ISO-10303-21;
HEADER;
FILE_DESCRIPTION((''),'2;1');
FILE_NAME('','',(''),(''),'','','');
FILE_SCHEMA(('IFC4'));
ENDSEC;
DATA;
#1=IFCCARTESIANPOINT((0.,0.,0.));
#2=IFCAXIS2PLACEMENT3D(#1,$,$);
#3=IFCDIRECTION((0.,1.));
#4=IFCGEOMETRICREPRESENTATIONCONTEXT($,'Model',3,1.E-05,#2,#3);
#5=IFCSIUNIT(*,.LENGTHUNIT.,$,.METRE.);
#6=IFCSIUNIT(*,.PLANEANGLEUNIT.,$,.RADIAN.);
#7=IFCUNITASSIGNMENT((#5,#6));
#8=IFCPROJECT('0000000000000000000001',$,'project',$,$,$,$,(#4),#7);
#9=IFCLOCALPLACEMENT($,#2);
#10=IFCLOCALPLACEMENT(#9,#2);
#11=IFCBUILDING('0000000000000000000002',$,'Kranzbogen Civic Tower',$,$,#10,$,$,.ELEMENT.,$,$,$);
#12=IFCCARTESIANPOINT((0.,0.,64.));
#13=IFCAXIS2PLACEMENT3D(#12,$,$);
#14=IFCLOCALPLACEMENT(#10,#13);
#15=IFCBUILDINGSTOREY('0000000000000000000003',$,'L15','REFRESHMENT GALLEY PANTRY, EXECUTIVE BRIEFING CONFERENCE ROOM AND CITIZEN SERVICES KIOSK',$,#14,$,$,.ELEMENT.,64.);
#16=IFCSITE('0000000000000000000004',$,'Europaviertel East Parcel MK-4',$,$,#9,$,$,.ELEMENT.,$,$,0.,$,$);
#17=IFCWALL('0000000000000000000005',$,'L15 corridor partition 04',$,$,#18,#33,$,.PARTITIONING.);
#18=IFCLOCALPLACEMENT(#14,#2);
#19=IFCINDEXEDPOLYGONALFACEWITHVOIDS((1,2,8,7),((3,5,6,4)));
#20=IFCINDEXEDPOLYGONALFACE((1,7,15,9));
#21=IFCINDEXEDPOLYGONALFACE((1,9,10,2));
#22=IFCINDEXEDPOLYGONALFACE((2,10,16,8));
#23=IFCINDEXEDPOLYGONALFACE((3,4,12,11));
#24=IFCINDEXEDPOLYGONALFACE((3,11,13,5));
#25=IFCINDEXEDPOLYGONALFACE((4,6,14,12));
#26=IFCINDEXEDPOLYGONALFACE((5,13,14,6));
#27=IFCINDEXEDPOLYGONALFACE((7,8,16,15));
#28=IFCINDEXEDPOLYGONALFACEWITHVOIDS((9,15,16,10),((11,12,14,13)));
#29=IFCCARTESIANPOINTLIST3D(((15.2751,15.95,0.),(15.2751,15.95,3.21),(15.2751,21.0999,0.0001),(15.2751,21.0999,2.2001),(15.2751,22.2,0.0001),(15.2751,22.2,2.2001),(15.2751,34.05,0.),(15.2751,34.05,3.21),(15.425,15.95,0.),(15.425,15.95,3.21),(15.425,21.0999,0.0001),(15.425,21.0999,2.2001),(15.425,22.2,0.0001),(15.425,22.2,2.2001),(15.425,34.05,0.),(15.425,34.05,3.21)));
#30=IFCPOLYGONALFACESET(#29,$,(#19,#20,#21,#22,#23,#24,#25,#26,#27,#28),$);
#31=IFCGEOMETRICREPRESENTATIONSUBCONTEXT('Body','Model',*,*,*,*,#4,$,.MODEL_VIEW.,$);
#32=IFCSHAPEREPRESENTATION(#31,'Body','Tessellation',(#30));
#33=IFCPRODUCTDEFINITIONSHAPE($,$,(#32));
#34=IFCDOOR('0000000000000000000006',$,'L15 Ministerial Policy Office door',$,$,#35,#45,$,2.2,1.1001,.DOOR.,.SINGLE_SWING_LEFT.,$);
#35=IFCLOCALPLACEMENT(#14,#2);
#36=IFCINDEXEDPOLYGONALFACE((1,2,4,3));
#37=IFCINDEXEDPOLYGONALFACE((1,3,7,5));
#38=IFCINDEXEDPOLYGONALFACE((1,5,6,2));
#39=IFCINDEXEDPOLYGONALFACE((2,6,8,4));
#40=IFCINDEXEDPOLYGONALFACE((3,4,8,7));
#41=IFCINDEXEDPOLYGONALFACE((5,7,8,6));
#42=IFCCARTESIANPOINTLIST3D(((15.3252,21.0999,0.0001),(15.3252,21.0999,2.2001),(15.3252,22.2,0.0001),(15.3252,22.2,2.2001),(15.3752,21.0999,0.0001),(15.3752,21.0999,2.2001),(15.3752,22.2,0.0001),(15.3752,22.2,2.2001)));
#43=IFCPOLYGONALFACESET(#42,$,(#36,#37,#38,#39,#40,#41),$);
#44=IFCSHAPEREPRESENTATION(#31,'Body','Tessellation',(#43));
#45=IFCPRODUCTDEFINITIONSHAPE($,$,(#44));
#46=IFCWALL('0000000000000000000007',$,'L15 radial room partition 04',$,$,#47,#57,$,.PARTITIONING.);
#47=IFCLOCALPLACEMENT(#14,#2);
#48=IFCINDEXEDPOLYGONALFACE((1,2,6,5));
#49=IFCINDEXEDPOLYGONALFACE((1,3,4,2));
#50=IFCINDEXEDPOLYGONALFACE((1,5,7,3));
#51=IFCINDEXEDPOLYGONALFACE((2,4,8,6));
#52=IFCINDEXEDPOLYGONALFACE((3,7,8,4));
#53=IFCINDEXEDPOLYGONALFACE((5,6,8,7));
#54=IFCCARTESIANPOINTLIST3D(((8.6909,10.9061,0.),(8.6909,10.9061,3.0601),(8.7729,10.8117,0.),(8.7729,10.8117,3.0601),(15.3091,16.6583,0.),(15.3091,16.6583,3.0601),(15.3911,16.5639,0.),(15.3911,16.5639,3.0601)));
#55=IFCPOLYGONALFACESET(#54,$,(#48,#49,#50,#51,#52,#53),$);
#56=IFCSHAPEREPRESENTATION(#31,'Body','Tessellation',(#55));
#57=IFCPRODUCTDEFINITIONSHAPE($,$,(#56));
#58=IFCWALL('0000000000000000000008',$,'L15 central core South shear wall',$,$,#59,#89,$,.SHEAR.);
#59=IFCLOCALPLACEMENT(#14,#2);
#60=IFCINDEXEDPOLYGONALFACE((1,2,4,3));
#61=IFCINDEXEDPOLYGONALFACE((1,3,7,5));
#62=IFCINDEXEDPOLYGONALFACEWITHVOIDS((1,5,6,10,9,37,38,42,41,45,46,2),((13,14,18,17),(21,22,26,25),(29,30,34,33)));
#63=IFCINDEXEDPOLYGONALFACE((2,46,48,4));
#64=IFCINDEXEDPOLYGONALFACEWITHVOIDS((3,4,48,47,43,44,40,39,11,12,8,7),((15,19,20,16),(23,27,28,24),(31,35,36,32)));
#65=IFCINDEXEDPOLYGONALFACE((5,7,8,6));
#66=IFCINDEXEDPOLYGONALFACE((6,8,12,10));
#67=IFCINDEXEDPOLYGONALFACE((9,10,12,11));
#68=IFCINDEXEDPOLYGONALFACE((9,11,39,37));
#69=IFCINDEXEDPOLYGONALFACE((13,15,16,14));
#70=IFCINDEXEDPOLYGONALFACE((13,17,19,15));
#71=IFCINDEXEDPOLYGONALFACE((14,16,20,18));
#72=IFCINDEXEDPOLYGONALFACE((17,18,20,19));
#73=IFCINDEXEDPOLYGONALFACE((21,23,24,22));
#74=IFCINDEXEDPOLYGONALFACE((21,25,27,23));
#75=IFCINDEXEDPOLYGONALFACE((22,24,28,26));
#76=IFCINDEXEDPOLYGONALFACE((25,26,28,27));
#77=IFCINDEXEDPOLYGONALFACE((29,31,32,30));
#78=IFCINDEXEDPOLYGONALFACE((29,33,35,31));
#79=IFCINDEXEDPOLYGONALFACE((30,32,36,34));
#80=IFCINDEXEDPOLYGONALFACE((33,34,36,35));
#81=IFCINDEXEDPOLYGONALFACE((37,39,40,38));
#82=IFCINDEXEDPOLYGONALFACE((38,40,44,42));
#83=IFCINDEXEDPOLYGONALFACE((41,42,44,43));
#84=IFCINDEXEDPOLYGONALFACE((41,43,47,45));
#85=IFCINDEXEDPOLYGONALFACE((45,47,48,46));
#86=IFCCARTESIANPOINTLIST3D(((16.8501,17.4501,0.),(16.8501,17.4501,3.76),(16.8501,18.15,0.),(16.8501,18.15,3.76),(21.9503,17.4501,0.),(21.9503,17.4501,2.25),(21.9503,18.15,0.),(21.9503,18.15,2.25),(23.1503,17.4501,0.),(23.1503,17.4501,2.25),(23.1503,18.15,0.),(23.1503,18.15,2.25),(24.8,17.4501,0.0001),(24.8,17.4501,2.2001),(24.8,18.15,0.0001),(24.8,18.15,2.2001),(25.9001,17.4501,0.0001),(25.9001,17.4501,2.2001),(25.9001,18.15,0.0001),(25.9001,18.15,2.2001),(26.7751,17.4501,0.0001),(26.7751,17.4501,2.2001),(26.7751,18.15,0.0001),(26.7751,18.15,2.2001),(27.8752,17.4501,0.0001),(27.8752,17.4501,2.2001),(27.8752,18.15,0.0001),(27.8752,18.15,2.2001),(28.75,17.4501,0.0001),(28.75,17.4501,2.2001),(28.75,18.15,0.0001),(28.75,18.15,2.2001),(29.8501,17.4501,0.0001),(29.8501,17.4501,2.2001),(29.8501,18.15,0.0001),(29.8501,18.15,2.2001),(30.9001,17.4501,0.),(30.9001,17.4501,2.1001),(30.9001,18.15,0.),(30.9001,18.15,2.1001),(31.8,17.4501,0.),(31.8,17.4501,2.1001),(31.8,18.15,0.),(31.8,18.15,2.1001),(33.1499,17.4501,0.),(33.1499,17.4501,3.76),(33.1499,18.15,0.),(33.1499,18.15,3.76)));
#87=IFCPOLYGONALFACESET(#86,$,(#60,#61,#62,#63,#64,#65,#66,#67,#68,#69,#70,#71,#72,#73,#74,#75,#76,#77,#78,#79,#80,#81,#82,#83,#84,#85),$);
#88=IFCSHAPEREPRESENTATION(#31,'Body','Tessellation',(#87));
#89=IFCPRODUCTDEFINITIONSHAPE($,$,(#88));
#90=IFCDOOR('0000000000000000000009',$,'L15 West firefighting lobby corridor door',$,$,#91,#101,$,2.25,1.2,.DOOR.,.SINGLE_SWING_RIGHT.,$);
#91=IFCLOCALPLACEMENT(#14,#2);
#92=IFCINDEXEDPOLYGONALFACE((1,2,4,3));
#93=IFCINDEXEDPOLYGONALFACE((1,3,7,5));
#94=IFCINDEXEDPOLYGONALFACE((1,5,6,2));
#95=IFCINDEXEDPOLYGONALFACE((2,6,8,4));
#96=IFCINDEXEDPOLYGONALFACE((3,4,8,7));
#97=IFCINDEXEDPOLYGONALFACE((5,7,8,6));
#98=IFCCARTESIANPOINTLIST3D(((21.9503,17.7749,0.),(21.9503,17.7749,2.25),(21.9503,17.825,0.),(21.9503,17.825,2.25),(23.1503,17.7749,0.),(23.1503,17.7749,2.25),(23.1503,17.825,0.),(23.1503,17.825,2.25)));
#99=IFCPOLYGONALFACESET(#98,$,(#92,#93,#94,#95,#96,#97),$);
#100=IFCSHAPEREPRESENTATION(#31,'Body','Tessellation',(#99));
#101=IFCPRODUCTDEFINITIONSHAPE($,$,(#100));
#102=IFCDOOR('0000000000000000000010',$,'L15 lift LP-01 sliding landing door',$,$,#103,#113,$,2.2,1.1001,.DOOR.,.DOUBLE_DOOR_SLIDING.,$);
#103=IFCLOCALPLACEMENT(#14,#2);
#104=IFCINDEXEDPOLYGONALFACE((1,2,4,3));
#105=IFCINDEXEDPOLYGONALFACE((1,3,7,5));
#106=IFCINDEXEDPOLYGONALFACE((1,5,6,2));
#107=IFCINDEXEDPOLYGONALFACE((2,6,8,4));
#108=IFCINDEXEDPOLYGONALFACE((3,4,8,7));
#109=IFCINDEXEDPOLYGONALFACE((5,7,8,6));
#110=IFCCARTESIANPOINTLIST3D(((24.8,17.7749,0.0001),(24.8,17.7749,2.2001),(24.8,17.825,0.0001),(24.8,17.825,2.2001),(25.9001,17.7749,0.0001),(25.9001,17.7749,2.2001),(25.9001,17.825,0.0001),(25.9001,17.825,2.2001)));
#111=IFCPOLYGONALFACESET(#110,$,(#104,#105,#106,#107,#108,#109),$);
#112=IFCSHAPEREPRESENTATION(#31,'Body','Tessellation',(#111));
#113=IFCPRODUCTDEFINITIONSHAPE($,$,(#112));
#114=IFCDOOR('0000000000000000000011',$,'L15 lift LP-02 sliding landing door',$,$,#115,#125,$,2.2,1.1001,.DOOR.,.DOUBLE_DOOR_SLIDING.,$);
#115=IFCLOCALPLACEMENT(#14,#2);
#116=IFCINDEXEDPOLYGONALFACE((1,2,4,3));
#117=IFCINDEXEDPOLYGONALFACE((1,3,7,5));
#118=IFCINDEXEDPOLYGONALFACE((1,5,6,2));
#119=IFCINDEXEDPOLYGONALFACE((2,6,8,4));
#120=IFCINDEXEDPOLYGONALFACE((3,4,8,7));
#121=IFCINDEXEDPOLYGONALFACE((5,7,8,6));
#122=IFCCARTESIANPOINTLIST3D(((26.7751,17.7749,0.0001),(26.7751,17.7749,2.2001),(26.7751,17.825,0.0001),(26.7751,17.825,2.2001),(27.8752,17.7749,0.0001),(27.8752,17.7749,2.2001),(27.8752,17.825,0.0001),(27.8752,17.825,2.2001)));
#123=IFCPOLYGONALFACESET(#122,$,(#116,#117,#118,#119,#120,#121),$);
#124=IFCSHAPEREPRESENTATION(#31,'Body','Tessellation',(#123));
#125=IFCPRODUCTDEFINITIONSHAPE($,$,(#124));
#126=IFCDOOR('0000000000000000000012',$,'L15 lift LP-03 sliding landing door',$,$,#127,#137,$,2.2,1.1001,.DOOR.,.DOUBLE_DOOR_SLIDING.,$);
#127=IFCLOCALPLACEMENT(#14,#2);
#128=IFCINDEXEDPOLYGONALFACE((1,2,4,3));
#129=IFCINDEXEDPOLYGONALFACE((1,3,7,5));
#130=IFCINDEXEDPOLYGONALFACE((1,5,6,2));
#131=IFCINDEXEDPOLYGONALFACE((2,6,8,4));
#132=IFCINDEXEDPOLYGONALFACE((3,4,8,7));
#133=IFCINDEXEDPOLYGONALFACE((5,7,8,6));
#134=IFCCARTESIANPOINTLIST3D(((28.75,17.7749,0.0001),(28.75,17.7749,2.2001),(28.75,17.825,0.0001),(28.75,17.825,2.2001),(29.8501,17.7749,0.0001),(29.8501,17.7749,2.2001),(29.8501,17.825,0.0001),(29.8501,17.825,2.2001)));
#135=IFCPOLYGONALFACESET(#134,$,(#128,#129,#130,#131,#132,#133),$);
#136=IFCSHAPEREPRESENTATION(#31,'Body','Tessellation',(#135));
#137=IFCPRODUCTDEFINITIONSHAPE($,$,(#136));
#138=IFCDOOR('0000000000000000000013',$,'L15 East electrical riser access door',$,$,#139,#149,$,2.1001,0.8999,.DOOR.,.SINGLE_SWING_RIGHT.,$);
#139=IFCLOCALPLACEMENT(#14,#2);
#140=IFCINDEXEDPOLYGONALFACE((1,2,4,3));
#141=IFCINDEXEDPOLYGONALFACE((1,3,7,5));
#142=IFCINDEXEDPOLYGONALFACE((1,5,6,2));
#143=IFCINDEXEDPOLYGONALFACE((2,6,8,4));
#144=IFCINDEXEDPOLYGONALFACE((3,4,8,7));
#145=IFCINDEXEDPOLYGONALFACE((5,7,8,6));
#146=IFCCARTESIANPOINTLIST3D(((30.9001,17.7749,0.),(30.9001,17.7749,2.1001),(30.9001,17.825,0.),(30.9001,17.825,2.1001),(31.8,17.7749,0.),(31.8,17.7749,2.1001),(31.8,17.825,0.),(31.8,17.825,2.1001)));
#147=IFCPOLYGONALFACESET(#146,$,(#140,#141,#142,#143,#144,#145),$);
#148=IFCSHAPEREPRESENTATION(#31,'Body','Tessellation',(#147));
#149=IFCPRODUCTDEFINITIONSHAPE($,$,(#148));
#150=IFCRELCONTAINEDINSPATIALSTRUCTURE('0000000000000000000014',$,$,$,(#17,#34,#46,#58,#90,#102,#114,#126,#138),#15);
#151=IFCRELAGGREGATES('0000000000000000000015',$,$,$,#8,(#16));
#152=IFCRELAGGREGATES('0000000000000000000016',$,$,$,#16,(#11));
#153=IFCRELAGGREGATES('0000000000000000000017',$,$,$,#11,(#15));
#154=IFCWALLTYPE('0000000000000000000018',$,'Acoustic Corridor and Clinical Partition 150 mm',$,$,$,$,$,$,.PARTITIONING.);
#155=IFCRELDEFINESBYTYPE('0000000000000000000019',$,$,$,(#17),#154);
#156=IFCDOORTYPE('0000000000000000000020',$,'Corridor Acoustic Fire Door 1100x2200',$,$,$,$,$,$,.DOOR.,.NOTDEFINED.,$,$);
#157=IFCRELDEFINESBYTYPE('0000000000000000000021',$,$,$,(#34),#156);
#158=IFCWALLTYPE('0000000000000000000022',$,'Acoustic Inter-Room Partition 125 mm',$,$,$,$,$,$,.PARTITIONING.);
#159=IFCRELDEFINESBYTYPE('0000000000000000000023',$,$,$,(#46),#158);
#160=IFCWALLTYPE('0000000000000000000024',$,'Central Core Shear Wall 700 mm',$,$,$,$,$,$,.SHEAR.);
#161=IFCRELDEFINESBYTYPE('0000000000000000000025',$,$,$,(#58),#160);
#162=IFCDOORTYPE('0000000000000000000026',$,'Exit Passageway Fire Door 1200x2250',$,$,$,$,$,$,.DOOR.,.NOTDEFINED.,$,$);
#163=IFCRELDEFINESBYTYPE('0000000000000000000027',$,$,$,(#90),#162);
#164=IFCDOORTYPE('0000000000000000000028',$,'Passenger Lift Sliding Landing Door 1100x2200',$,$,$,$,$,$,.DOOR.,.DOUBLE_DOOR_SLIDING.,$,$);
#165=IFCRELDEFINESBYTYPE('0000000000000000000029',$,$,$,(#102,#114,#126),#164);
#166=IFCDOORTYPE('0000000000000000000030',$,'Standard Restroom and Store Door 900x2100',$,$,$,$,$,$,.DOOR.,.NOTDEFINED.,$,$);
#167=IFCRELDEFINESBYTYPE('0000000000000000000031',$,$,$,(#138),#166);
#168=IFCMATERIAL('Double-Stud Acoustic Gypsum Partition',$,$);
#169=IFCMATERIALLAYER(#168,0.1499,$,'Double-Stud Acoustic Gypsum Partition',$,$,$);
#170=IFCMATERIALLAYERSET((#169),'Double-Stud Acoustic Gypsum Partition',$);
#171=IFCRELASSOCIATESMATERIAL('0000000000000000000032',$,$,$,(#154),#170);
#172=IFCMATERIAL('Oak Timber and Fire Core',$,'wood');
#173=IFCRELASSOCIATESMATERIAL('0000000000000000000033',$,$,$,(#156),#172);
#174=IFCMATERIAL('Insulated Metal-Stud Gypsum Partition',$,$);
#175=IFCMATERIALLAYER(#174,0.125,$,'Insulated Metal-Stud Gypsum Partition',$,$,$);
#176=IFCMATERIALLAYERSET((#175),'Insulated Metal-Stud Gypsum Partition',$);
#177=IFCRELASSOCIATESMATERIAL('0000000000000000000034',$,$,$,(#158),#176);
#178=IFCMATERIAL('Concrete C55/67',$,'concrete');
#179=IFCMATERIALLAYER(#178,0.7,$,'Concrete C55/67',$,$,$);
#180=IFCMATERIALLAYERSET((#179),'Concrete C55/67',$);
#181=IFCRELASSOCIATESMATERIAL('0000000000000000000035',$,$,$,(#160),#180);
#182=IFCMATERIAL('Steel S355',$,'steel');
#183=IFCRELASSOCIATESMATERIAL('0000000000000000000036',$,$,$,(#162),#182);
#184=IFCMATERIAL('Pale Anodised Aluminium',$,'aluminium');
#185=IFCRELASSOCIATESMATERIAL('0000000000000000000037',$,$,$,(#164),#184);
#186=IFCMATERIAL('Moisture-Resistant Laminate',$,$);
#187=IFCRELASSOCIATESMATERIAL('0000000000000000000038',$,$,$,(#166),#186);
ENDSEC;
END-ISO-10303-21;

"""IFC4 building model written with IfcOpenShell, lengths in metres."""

from ifc_helpers import new_model, si_unit, direction, frame, frame_2d, origin, place, context, subcontext, project, spatial, rectangle, extrude, material, layer, layer_set, type_object, element, fill, save


model = new_model("IFC4")

# Units and contexts
model_context = context("Model", 3, precision=1e-05, world=origin(), true_north=direction((0.0, 1.0)))
body_context = subcontext(model_context, "Body", "Model", "MODEL_VIEW")
ifc_project = project(units=[si_unit("LENGTHUNIT", "METRE"), si_unit("PLANEANGLEUNIT", "RADIAN")], contexts=[model_context])

# Site, building, storey
site_placement = place(None, origin())
site = spatial("IfcSite", under=ifc_project, at=site_placement, Name="Europaviertel East Parcel MK-4", CompositionType="ELEMENT", RefElevation=0.0)
building_placement = place(site_placement, origin())
building = spatial("IfcBuilding", under=site, at=building_placement, Name="Kranzbogen Civic Tower", CompositionType="ELEMENT")
storey_placement = place(building_placement, frame((0.0, 0.0, 64.0)))
storey = spatial("IfcBuildingStorey", under=building, at=storey_placement, Name="L15", Description="REFRESHMENT GALLEY PANTRY, EXECUTIVE BRIEFING CONFERENCE ROOM AND CITIZEN SERVICES KIOSK", CompositionType="ELEMENT", Elevation=64.0)

# Shared definitions
ifc_material_1 = material(Name="Pale Anodised Aluminium", Category="aluminium")

# Shared definitions
ifc_material_2 = material(Name="Steel S355", Category="steel")

# Wall, opening, door
ifc_material_3 = material(Name="Double-Stud Acoustic Gypsum Partition")
ifc_layer_1 = layer(ifc_material_3, 0.1499, Name="Double-Stud Acoustic Gypsum Partition")
ifc_layer_set_1 = layer_set([ifc_layer_1], Name="Double-Stud Acoustic Gypsum Partition")
wall_type_1 = type_object("IfcWallType", Name="Acoustic Corridor and Clinical Partition 150 mm", PredefinedType="PARTITIONING", material=ifc_layer_set_1)
wall_1_placement = place(storey_placement, frame((15.3501, 15.95, 0.0), z_axis=(0.0, 0.0, 1.0), x_axis=(0.0, 1.0, 0.0)))
wall_1 = element("IfcWall", 1, at=wall_1_placement, inside=storey, type_object=wall_type_1, Name="L15 corridor partition 04", PredefinedType="PARTITIONING", context=body_context, shape_type="SweptSolid", body=[
    extrude(rectangle(XDim=18.1001, YDim=0.1499, at=frame_2d((9.05, 0.0))), origin(), (0.0, 0.0, 1.0), 3.21),
])
opening_1_placement = place(wall_1_placement, frame((5.1499, 0.0, 0.0)))
opening_1 = element("IfcOpeningElement", 2, at=opening_1_placement, cuts=wall_1, PredefinedType="OPENING", context=body_context, shape_type="SweptSolid", body=[
    extrude(rectangle(XDim=1.1001, YDim=2.2, at=frame_2d((0.55, 1.1001))), frame((0.0, 0.085, 0.0), z_axis=(0.0, -1.0, 0.0), x_axis=(1.0, 0.0, 0.0)), (0.0, 0.0, 1.0), 0.1699),
])
ifc_material_4 = material(Name="Oak Timber and Fire Core", Category="wood")
door_type_1 = type_object("IfcDoorType", Name="Corridor Acoustic Fire Door 1100x2200", OperationType="NOTDEFINED", PredefinedType="DOOR", material=ifc_material_4)
door_1_placement = place(opening_1_placement, origin())
door_1 = element("IfcDoor", 3, at=door_1_placement, inside=storey, type_object=door_type_1, Name="L15 Ministerial Policy Office door", OperationType="SINGLE_SWING_LEFT", OverallHeight=2.2, OverallWidth=1.1001, PredefinedType="DOOR", context=body_context, shape_type="SweptSolid", body=[
    extrude(rectangle(XDim=1.1001, YDim=2.2, at=frame_2d((0.55, 1.1001))), frame((0.0, 0.0249, 0.0), z_axis=(0.0, -1.0, 0.0), x_axis=(1.0, 0.0, 0.0)), (0.0, 0.0, 1.0), 0.05),
])
fill(opening_1, door_1)

# Wall
ifc_material_5 = material(Name="Insulated Metal-Stud Gypsum Partition")
ifc_layer_2 = layer(ifc_material_5, 0.125, Name="Insulated Metal-Stud Gypsum Partition")
ifc_layer_set_2 = layer_set([ifc_layer_2], Name="Insulated Metal-Stud Gypsum Partition")
wall_type_2 = type_object("IfcWallType", Name="Acoustic Inter-Room Partition 125 mm", PredefinedType="PARTITIONING", material=ifc_layer_set_2)
wall_2_placement = place(storey_placement, frame((15.3501, 16.6111, 0.0), z_axis=(0.0, 0.0, 1.0), x_axis=(-0.75476, -0.656002, 0.0)))
element("IfcWall", 4, at=wall_2_placement, inside=storey, type_object=wall_type_2, Name="L15 radial room partition 04", PredefinedType="PARTITIONING", context=body_context, shape_type="SweptSolid", body=[
    extrude(rectangle(XDim=8.7686, YDim=0.125, at=frame_2d((4.3843, 0.0))), origin(), (0.0, 0.0, 1.0), 3.0601),
])

# Wall, openings, doors
ifc_material_6 = material(Name="Concrete C55/67", Category="concrete")
ifc_layer_3 = layer(ifc_material_6, 0.7, Name="Concrete C55/67")
ifc_layer_set_3 = layer_set([ifc_layer_3], Name="Concrete C55/67")
wall_type_3 = type_object("IfcWallType", Name="Central Core Shear Wall 700 mm", PredefinedType="SHEAR", material=ifc_layer_set_3)
wall_3_placement = place(storey_placement, frame((16.8501, 17.8, 0.0), z_axis=(0.0, 0.0, 1.0), x_axis=(1.0, 0.0, 0.0)))
wall_3 = element("IfcWall", 5, at=wall_3_placement, inside=storey, type_object=wall_type_3, Name="L15 central core South shear wall", PredefinedType="SHEAR", context=body_context, shape_type="SweptSolid", body=[
    extrude(rectangle(XDim=16.2998, YDim=0.7, at=frame_2d((8.1499, 0.0))), origin(), (0.0, 0.0, 1.0), 3.76),
])
opening_2_placement = place(wall_3_placement, frame((5.1001, 0.0, 0.0)))
opening_2 = element("IfcOpeningElement", 6, at=opening_2_placement, cuts=wall_3, PredefinedType="OPENING", context=body_context, shape_type="SweptSolid", body=[
    extrude(rectangle(XDim=1.2, YDim=2.25, at=frame_2d((0.6001, 1.125))), frame((0.0, 0.3599, 0.0), z_axis=(0.0, -1.0, 0.0), x_axis=(1.0, 0.0, 0.0)), (0.0, 0.0, 1.0), 0.72),
])
opening_3_placement = place(wall_3_placement, frame((14.05, 0.0, 0.0)))
opening_3 = element("IfcOpeningElement", 7, at=opening_3_placement, cuts=wall_3, PredefinedType="OPENING", context=body_context, shape_type="SweptSolid", body=[
    extrude(rectangle(XDim=0.8999, YDim=2.1001, at=frame_2d((0.45, 1.05))), frame((0.0, 0.3599, 0.0), z_axis=(0.0, -1.0, 0.0), x_axis=(1.0, 0.0, 0.0)), (0.0, 0.0, 1.0), 0.72),
])
opening_4_placement = place(wall_3_placement, frame((7.95, 0.0, 0.0)))
opening_4 = element("IfcOpeningElement", 8, at=opening_4_placement, cuts=wall_3, PredefinedType="OPENING", context=body_context, shape_type="SweptSolid", body=[
    extrude(rectangle(XDim=1.1001, YDim=2.2, at=frame_2d((0.55, 1.1001))), frame((0.0, 0.3599, 0.0), z_axis=(0.0, -1.0, 0.0), x_axis=(1.0, 0.0, 0.0)), (0.0, 0.0, 1.0), 0.72),
])
opening_5_placement = place(wall_3_placement, frame((9.925, 0.0, 0.0)))
opening_5 = element("IfcOpeningElement", 9, at=opening_5_placement, cuts=wall_3, PredefinedType="OPENING", context=body_context, shape_type="SweptSolid", body=[
    extrude(rectangle(XDim=1.1001, YDim=2.2, at=frame_2d((0.55, 1.1001))), frame((0.0, 0.3599, 0.0), z_axis=(0.0, -1.0, 0.0), x_axis=(1.0, 0.0, 0.0)), (0.0, 0.0, 1.0), 0.72),
])
opening_6_placement = place(wall_3_placement, frame((11.8999, 0.0, 0.0)))
opening_6 = element("IfcOpeningElement", 10, at=opening_6_placement, cuts=wall_3, PredefinedType="OPENING", context=body_context, shape_type="SweptSolid", body=[
    extrude(rectangle(XDim=1.1001, YDim=2.2, at=frame_2d((0.55, 1.1001))), frame((0.0, 0.3599, 0.0), z_axis=(0.0, -1.0, 0.0), x_axis=(1.0, 0.0, 0.0)), (0.0, 0.0, 1.0), 0.72),
])
door_type_2 = type_object("IfcDoorType", Name="Exit Passageway Fire Door 1200x2250", OperationType="NOTDEFINED", PredefinedType="DOOR", material=ifc_material_2)
door_2_placement = place(opening_2_placement, origin())
door_2 = element("IfcDoor", 11, at=door_2_placement, inside=storey, type_object=door_type_2, Name="L15 West firefighting lobby corridor door", OperationType="SINGLE_SWING_RIGHT", OverallHeight=2.25, OverallWidth=1.2, PredefinedType="DOOR", context=body_context, shape_type="SweptSolid", body=[
    extrude(rectangle(XDim=1.2, YDim=2.25, at=frame_2d((0.6001, 1.125))), frame((0.0, 0.0249, 0.0), z_axis=(0.0, -1.0, 0.0), x_axis=(1.0, 0.0, 0.0)), (0.0, 0.0, 1.0), 0.05),
])
fill(opening_2, door_2)
door_type_3 = type_object("IfcDoorType", Name="Passenger Lift Sliding Landing Door 1100x2200", OperationType="DOUBLE_DOOR_SLIDING", PredefinedType="DOOR", material=ifc_material_1)
door_3_placement = place(opening_4_placement, origin())
door_3 = element("IfcDoor", 12, at=door_3_placement, inside=storey, type_object=door_type_3, Name="L15 lift LP-01 sliding landing door", OperationType="DOUBLE_DOOR_SLIDING", OverallHeight=2.2, OverallWidth=1.1001, PredefinedType="DOOR", context=body_context, shape_type="SweptSolid", body=[
    extrude(rectangle(XDim=1.1001, YDim=2.2, at=frame_2d((0.55, 1.1001))), frame((0.0, 0.0249, 0.0), z_axis=(0.0, -1.0, 0.0), x_axis=(1.0, 0.0, 0.0)), (0.0, 0.0, 1.0), 0.05),
])
fill(opening_4, door_3)
door_4_placement = place(opening_5_placement, origin())
door_4 = element("IfcDoor", 13, at=door_4_placement, inside=storey, type_object=door_type_3, Name="L15 lift LP-02 sliding landing door", OperationType="DOUBLE_DOOR_SLIDING", OverallHeight=2.2, OverallWidth=1.1001, PredefinedType="DOOR", context=body_context, shape_type="SweptSolid", body=[
    extrude(rectangle(XDim=1.1001, YDim=2.2, at=frame_2d((0.55, 1.1001))), frame((0.0, 0.0249, 0.0), z_axis=(0.0, -1.0, 0.0), x_axis=(1.0, 0.0, 0.0)), (0.0, 0.0, 1.0), 0.05),
])
fill(opening_5, door_4)
door_5_placement = place(opening_6_placement, origin())
door_5 = element("IfcDoor", 14, at=door_5_placement, inside=storey, type_object=door_type_3, Name="L15 lift LP-03 sliding landing door", OperationType="DOUBLE_DOOR_SLIDING", OverallHeight=2.2, OverallWidth=1.1001, PredefinedType="DOOR", context=body_context, shape_type="SweptSolid", body=[
    extrude(rectangle(XDim=1.1001, YDim=2.2, at=frame_2d((0.55, 1.1001))), frame((0.0, 0.0249, 0.0), z_axis=(0.0, -1.0, 0.0), x_axis=(1.0, 0.0, 0.0)), (0.0, 0.0, 1.0), 0.05),
])
fill(opening_6, door_5)
ifc_material_7 = material(Name="Moisture-Resistant Laminate")
door_type_4 = type_object("IfcDoorType", Name="Standard Restroom and Store Door 900x2100", OperationType="NOTDEFINED", PredefinedType="DOOR", material=ifc_material_7)
door_6_placement = place(opening_3_placement, origin())
door_6 = element("IfcDoor", 15, at=door_6_placement, inside=storey, type_object=door_type_4, Name="L15 East electrical riser access door", OperationType="SINGLE_SWING_RIGHT", OverallHeight=2.1001, OverallWidth=0.8999, PredefinedType="DOOR", context=body_context, shape_type="SweptSolid", body=[
    extrude(rectangle(XDim=0.8999, YDim=2.1001, at=frame_2d((0.45, 1.05))), frame((0.0, 0.0249, 0.0), z_axis=(0.0, -1.0, 0.0), x_axis=(1.0, 0.0, 0.0)), (0.0, 0.0, 1.0), 0.05),
])
fill(opening_3, door_6)

save(model, "model.ifc")
